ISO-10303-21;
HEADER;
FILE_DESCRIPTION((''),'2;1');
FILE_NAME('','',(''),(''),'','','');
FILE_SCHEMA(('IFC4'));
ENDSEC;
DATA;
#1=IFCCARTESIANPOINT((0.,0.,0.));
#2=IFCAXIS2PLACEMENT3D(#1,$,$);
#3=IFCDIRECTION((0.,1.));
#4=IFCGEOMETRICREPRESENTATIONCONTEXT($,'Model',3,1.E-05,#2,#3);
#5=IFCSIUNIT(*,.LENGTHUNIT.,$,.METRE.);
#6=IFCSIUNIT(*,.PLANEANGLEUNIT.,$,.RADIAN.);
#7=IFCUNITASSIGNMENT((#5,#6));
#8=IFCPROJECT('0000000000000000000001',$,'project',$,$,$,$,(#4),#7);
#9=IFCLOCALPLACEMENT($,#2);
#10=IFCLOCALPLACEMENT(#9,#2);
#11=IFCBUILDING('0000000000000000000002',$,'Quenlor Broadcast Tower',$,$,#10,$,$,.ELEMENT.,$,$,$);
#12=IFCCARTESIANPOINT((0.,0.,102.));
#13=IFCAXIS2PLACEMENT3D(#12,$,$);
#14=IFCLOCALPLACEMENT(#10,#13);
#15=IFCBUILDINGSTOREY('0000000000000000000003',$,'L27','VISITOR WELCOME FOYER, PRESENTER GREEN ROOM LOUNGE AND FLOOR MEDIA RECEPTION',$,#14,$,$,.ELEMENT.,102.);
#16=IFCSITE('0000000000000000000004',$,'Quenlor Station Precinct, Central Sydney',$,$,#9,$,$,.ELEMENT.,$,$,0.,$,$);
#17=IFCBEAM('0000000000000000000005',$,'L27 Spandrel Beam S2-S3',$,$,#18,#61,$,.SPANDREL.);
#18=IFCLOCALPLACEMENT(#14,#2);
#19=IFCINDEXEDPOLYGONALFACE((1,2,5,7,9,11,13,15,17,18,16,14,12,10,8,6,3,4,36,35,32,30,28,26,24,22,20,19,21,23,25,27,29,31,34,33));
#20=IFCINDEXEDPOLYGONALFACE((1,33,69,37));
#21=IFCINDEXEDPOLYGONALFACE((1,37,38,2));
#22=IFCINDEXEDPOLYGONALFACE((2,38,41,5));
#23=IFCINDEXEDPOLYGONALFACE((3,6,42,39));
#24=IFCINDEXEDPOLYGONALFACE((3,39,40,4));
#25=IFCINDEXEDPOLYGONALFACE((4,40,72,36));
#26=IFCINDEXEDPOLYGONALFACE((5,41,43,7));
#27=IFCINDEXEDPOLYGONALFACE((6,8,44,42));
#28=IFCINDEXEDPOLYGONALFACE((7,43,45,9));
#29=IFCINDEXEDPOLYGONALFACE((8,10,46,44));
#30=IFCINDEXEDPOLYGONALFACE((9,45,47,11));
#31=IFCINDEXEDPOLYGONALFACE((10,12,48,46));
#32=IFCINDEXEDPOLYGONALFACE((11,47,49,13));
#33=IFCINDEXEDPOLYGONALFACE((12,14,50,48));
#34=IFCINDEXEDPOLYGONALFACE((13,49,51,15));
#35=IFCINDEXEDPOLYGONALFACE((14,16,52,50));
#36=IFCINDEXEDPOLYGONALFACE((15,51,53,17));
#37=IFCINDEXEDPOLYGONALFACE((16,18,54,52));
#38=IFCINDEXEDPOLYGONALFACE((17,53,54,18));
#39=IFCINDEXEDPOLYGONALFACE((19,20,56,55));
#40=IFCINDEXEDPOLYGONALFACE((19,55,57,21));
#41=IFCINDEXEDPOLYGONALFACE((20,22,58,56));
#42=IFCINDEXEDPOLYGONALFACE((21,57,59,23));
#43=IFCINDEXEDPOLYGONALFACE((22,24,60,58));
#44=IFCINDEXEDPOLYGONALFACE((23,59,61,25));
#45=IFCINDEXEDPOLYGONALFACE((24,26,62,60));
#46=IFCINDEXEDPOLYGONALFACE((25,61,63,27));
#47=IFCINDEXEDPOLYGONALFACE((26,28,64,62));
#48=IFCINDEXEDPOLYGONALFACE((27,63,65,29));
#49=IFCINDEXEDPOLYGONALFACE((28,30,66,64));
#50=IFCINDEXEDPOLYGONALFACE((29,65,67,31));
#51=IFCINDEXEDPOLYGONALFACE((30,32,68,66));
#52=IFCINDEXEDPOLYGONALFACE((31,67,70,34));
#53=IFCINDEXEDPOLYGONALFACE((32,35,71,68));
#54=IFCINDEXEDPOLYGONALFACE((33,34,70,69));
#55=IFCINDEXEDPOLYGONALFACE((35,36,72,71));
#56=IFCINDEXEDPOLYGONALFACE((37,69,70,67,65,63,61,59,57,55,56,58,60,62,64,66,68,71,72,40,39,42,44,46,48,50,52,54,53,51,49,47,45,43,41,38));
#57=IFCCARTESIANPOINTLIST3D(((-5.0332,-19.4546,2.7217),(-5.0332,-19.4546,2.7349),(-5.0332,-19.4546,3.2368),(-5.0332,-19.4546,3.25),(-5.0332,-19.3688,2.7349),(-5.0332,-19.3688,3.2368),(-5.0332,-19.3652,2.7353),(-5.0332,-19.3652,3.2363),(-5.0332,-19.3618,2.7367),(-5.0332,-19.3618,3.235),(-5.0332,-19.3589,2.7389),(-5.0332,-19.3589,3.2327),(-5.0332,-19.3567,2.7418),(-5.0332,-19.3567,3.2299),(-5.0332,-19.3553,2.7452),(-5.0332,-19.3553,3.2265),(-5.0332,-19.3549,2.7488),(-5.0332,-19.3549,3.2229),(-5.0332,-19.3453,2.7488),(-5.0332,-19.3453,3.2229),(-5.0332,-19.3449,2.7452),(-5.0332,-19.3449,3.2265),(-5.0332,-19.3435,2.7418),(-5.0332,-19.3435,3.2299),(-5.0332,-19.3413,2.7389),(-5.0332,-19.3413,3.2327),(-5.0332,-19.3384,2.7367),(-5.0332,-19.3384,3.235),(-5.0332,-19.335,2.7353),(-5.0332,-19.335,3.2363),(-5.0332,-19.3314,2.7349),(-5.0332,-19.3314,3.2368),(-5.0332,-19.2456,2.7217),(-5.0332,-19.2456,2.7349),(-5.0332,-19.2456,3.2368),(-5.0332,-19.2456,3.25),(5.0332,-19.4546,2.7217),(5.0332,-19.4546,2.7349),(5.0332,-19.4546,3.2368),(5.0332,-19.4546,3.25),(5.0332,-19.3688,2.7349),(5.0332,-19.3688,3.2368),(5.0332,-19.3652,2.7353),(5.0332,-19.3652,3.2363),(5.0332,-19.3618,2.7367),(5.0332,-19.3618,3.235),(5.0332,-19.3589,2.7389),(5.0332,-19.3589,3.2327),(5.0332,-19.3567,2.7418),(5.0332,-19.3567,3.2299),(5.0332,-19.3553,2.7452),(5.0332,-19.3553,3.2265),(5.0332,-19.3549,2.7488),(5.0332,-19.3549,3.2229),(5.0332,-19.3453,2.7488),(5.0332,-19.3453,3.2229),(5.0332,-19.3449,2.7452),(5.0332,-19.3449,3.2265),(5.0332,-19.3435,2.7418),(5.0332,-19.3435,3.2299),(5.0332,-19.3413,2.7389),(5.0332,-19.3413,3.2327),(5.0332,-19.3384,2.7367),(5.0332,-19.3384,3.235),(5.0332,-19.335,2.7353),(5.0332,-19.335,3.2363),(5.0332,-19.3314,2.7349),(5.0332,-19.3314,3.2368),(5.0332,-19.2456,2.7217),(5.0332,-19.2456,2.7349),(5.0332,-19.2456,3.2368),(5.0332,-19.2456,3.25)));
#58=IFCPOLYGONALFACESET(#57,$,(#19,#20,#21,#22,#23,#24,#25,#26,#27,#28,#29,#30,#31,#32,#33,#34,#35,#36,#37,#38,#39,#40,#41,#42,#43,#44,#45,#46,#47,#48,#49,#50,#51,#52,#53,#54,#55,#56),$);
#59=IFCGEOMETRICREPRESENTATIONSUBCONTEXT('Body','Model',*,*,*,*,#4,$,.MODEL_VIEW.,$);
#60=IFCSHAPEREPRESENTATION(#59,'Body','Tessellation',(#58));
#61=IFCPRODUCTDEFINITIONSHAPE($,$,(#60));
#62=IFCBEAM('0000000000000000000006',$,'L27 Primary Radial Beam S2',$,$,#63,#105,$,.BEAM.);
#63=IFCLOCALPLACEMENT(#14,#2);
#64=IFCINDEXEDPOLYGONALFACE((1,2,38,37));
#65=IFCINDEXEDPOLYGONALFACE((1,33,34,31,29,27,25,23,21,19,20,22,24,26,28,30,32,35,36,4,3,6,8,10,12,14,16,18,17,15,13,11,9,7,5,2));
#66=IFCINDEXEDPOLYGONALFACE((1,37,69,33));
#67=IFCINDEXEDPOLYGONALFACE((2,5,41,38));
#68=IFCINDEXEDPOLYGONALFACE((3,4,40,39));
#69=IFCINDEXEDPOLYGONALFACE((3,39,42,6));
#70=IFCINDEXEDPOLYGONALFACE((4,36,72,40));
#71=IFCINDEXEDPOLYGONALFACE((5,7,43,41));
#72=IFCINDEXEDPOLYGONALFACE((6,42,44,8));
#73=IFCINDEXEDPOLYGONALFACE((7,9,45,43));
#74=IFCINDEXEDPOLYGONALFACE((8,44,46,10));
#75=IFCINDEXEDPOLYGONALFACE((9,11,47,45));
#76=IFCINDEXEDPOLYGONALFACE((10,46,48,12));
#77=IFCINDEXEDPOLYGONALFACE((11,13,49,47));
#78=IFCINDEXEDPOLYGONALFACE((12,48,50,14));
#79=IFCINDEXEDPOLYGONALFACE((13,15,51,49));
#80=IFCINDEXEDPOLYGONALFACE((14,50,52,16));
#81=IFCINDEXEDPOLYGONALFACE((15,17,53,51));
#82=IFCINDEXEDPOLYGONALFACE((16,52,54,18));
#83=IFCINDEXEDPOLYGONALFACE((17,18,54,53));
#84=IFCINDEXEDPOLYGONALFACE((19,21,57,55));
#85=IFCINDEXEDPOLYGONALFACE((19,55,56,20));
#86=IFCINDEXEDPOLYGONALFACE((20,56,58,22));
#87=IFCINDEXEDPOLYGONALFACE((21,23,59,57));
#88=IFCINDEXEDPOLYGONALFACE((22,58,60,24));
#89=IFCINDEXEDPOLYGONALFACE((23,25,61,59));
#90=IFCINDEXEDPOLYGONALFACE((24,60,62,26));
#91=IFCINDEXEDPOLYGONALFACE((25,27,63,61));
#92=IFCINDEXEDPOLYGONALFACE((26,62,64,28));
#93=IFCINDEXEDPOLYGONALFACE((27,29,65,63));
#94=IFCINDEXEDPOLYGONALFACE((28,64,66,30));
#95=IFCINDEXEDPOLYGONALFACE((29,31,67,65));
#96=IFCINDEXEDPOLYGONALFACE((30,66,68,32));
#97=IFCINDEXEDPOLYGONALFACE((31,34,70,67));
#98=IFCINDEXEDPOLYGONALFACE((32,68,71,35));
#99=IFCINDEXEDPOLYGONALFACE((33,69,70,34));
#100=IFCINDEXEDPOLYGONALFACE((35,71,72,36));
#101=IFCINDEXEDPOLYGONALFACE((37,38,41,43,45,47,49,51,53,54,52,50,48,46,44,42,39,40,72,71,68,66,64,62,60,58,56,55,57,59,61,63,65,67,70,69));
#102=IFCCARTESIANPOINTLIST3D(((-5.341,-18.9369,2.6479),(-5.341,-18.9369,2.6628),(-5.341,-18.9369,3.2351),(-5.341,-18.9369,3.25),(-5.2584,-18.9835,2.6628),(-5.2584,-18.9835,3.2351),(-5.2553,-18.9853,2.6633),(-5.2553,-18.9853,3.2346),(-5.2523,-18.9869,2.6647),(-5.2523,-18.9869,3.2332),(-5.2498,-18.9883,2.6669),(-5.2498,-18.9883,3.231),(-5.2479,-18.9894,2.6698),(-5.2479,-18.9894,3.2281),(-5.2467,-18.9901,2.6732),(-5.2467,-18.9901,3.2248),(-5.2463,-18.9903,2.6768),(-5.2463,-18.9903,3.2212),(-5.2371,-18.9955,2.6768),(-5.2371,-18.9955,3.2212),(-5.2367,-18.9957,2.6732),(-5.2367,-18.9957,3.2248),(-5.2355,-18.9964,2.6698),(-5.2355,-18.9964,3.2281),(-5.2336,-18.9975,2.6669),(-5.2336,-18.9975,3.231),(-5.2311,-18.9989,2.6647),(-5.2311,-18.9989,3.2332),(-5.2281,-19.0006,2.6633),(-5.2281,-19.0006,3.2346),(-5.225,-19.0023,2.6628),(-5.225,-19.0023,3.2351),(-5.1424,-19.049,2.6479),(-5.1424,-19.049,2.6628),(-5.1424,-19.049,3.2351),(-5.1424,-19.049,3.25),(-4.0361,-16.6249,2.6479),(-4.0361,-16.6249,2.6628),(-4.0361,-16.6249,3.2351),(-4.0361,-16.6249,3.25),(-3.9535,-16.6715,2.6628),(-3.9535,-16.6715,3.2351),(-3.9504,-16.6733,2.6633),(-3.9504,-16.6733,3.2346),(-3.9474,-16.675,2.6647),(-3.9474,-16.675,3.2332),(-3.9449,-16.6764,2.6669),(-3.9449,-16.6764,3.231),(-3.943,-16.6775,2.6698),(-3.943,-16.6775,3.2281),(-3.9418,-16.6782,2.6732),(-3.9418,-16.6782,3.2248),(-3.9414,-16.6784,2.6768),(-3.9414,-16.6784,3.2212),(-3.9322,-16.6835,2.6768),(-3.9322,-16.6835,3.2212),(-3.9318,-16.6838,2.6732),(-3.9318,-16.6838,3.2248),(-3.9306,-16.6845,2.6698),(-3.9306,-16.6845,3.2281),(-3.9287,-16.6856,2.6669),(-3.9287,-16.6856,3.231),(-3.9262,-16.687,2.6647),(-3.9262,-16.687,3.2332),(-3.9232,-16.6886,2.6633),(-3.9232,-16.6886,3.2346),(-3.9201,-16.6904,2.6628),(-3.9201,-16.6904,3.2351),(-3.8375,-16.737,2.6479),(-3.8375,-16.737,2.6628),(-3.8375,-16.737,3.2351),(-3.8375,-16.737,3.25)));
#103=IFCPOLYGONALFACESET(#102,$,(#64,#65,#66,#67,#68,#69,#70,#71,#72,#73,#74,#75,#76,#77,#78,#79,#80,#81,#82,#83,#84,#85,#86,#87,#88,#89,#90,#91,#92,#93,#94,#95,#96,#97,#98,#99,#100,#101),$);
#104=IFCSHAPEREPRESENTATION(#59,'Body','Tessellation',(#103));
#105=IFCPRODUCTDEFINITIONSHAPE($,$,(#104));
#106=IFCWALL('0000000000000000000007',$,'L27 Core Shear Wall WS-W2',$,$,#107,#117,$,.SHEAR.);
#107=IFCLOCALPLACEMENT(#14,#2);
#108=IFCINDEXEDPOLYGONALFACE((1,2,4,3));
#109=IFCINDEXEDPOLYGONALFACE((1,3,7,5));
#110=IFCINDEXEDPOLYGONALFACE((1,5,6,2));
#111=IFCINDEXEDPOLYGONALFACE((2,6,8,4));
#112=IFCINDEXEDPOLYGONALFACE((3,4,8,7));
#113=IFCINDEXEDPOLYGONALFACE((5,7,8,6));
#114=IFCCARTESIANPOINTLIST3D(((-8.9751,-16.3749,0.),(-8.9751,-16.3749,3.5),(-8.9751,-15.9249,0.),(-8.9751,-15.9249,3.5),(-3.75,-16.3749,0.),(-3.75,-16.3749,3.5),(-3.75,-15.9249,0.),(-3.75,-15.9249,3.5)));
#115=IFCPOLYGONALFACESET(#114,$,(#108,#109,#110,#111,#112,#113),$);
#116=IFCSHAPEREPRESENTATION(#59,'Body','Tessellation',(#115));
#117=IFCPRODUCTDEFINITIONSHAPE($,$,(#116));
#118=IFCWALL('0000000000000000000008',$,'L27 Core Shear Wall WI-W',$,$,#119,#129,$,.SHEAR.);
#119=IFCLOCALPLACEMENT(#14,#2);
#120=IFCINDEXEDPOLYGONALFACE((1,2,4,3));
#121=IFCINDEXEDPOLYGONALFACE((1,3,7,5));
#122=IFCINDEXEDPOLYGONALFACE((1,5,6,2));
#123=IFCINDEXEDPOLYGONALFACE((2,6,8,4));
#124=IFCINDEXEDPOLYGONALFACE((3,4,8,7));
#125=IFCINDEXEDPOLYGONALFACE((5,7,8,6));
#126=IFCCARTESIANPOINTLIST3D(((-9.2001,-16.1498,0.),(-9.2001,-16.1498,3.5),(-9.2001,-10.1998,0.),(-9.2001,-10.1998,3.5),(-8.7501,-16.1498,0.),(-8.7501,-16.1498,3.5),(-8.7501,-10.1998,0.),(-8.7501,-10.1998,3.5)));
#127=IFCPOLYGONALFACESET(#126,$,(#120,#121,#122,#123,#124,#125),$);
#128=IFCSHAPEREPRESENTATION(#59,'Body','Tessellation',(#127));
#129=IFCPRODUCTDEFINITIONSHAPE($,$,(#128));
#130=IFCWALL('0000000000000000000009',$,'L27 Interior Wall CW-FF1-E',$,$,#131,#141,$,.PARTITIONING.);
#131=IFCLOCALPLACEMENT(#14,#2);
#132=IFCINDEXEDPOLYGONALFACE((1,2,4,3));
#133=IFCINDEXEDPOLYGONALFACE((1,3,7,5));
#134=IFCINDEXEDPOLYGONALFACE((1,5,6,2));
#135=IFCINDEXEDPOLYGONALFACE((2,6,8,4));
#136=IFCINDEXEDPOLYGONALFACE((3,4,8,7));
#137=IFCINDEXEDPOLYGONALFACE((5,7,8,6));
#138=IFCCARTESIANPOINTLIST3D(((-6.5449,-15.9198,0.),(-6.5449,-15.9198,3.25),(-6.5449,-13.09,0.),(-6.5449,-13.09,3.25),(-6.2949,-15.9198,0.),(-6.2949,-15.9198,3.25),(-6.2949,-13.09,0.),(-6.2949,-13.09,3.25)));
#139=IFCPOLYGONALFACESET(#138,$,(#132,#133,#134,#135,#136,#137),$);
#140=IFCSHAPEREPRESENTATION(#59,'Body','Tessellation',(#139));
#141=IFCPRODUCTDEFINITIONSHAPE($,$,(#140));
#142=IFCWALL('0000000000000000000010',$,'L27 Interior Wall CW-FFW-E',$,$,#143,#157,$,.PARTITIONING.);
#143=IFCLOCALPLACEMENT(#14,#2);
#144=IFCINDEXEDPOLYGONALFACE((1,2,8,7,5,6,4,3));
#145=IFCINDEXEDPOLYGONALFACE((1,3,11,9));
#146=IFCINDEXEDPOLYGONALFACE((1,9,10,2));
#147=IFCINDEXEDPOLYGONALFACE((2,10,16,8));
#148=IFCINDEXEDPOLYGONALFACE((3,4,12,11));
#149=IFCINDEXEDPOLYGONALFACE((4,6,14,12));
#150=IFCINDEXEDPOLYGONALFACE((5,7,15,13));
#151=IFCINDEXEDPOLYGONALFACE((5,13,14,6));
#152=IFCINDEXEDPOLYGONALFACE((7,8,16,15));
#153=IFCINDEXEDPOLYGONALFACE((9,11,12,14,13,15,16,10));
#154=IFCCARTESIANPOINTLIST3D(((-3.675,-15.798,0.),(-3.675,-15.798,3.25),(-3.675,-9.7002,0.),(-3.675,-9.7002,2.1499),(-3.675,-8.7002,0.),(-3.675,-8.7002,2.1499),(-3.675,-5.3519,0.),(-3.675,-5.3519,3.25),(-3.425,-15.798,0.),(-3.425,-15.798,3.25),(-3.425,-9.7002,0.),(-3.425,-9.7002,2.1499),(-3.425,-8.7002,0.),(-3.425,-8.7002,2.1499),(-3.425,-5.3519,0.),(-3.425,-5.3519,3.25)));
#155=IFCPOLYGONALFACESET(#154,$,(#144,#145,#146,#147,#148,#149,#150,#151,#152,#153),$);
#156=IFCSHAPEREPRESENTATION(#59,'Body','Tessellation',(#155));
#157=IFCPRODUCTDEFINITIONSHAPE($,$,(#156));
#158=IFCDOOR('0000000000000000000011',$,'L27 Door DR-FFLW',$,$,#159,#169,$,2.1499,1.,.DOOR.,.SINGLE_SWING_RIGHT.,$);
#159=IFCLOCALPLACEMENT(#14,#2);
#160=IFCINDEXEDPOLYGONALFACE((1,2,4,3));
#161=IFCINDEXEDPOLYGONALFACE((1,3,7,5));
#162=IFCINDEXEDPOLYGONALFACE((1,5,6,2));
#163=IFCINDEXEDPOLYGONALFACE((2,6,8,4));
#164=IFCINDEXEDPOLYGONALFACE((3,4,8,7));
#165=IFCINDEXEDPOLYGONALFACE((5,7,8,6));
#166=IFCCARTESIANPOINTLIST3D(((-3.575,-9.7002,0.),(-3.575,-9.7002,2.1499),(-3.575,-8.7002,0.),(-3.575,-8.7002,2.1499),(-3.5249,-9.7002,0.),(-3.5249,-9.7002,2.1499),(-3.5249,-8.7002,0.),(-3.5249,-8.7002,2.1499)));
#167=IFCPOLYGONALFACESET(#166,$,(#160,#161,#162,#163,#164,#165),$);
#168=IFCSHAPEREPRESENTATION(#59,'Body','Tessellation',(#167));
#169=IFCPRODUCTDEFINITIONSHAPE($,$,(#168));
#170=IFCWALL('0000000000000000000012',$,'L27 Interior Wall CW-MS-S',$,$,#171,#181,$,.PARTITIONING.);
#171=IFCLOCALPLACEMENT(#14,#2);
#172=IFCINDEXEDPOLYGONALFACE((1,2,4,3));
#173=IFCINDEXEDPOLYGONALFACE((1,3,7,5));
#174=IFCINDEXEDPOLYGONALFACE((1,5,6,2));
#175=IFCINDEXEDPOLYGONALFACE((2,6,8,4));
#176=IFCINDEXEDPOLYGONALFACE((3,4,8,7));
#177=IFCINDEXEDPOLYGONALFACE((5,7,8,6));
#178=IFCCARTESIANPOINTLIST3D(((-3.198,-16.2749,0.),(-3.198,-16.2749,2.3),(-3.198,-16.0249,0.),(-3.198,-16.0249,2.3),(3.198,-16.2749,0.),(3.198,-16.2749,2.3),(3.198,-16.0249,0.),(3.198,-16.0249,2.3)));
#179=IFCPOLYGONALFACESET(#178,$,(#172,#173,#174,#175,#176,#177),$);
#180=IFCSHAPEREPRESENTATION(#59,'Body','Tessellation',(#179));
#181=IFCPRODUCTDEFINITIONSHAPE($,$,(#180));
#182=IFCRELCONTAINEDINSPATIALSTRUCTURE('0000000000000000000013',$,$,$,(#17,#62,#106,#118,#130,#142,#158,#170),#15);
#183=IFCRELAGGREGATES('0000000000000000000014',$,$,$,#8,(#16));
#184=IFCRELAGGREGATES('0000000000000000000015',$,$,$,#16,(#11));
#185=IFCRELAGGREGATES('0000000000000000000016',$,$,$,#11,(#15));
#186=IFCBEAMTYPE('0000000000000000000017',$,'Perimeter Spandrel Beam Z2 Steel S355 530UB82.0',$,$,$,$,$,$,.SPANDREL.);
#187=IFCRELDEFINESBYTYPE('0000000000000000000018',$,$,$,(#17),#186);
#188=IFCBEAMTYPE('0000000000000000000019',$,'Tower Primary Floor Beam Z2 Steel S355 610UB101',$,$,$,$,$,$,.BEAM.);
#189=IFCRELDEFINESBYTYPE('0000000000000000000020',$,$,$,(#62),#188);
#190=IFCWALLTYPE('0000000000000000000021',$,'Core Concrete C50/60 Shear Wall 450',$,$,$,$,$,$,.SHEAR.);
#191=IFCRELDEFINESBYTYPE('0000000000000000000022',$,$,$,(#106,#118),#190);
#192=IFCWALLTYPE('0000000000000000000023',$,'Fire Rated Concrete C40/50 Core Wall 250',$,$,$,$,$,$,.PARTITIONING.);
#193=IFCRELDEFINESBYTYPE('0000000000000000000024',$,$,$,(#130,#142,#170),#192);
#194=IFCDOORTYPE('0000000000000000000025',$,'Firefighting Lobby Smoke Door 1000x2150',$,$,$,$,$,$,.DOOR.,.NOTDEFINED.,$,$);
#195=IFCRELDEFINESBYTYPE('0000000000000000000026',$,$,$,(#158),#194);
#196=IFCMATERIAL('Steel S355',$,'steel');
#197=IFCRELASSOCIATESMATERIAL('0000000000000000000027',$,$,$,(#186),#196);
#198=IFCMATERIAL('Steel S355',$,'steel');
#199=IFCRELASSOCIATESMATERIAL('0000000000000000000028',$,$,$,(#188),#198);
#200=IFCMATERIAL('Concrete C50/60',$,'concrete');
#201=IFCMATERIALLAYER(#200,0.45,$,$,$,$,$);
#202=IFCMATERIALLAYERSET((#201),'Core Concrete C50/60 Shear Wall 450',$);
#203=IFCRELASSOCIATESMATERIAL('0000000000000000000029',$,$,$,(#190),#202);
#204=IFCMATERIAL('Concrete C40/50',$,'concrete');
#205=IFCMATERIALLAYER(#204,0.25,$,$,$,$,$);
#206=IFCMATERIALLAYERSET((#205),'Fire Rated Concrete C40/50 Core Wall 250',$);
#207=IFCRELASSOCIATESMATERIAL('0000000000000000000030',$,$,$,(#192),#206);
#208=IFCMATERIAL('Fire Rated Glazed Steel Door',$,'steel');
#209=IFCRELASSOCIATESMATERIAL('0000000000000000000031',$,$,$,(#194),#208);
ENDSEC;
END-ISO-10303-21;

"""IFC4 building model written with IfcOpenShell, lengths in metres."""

from ifc_helpers import new_model, si_unit, direction, frame, frame_2d, origin, origin_2d, place, context, subcontext, project, spatial, rectangle, i_section, extrude, material, layer, layer_set, material_profile, profile_set, type_object, element, fill, save


model = new_model("IFC4")

# Units and contexts
model_context = context("Model", 3, precision=1e-05, world=origin(), true_north=direction((0.0, 1.0)))
body_context = subcontext(model_context, "Body", "Model", "MODEL_VIEW")
ifc_project = project(units=[si_unit("LENGTHUNIT", "METRE"), si_unit("PLANEANGLEUNIT", "RADIAN")], contexts=[model_context])

# Site, building, storey
site_placement = place(None, origin())
site = spatial("IfcSite", under=ifc_project, at=site_placement, Name="Quenlor Station Precinct, Central Sydney", CompositionType="ELEMENT", RefElevation=0.0)
building_placement = place(site_placement, origin())
building = spatial("IfcBuilding", under=site, at=building_placement, Name="Quenlor Broadcast Tower", CompositionType="ELEMENT")
storey_placement = place(building_placement, frame((0.0, 0.0, 102.0)))
storey = spatial("IfcBuildingStorey", under=building, at=storey_placement, Name="L27", Description="VISITOR WELCOME FOYER, PRESENTER GREEN ROOM LOUNGE AND FLOOR MEDIA RECEPTION", CompositionType="ELEMENT", Elevation=102.0)

# Beams
ifc_material_1 = material(Name="Steel S355", Category="steel")
ifc_material_profile_1 = material_profile(ifc_material_1, i_section(OverallWidth=0.209, OverallDepth=0.5283, WebThickness=0.0095, FlangeThickness=0.0132, FilletRadius=0.0139, at=origin_2d()))
ifc_profile_set_1 = profile_set([ifc_material_profile_1], Name="Steel S355 530UB82.0")
beam_type_1 = type_object("IfcBeamType", Name="Perimeter Spandrel Beam Z2 Steel S355 530UB82.0", PredefinedType="SPANDREL", material=ifc_profile_set_1)
beam_1_placement = place(storey_placement, frame((-5.0332, -19.3501, 2.9858), z_axis=(1.0, 0.0, 0.0), x_axis=(0.0, 1.0, 0.0)))
element("IfcBeam", 1, at=beam_1_placement, inside=storey, type_object=beam_type_1, Name="L27 Spandrel Beam S2-S3", PredefinedType="SPANDREL", context=body_context, shape_type="SweptSolid", body=[
    extrude(i_section(OverallWidth=0.209, OverallDepth=0.5283, WebThickness=0.0095, FlangeThickness=0.0132, FilletRadius=0.0139, at=origin_2d()), origin(), (0.0, 0.0, 1.0), 10.0664),
])
ifc_material_2 = material(Name="Steel S355", Category="steel")
ifc_material_profile_2 = material_profile(ifc_material_2, i_section(OverallWidth=0.228, OverallDepth=0.6021, WebThickness=0.0105, FlangeThickness=0.0149, FilletRadius=0.0139, at=origin_2d()))
ifc_profile_set_2 = profile_set([ifc_material_profile_2], Name="Steel S355 610UB101")
beam_type_2 = type_object("IfcBeamType", Name="Tower Primary Floor Beam Z2 Steel S355 610UB101", PredefinedType="BEAM", material=ifc_profile_set_2)
beam_2_placement = place(storey_placement, frame((-5.2417, -18.9929, 2.949), z_axis=(0.491527, 0.870862, 0.0), x_axis=(-0.870862, 0.491527, 0.0)))
element("IfcBeam", 2, at=beam_2_placement, inside=storey, type_object=beam_type_2, Name="L27 Primary Radial Beam S2", PredefinedType="BEAM", context=body_context, shape_type="SweptSolid", body=[
    extrude(i_section(OverallWidth=0.228, OverallDepth=0.6021, WebThickness=0.0105, FlangeThickness=0.0149, FilletRadius=0.0139, at=origin_2d()), origin(), (0.0, 0.0, 1.0), 2.6548),
])

# Walls
ifc_material_3 = material(Name="Concrete C50/60", Category="concrete")
ifc_layer_1 = layer(ifc_material_3, 0.45)
ifc_layer_set_1 = layer_set([ifc_layer_1], Name="Core Concrete C50/60 Shear Wall 450")
wall_type_1 = type_object("IfcWallType", Name="Core Concrete C50/60 Shear Wall 450", PredefinedType="SHEAR", material=ifc_layer_set_1)
wall_1_placement = place(storey_placement, frame((-8.9751, -16.1499, 0.0), z_axis=(0.0, 0.0, 1.0), x_axis=(1.0, 0.0, 0.0)))
element("IfcWall", 3, at=wall_1_placement, inside=storey, type_object=wall_type_1, Name="L27 Core Shear Wall WS-W2", PredefinedType="SHEAR", context=body_context, shape_type="SweptSolid", body=[
    extrude(rectangle(XDim=5.2251, YDim=0.45, at=frame_2d((2.6125, 0.0))), origin(), (0.0, 0.0, 1.0), 3.5),
])
wall_2_placement = place(storey_placement, frame((-8.9751, -16.1499, 0.0), z_axis=(0.0, 0.0, 1.0), x_axis=(0.0, 1.0, 0.0)))
element("IfcWall", 4, at=wall_2_placement, inside=storey, type_object=wall_type_1, Name="L27 Core Shear Wall WI-W", PredefinedType="SHEAR", context=body_context, shape_type="SweptSolid", body=[
    extrude(rectangle(XDim=5.95, YDim=0.45, at=frame_2d((2.9751, 0.0))), origin(), (0.0, 0.0, 1.0), 3.5),
])

# Shared definitions
ifc_material_4 = material(Name="Concrete C40/50", Category="concrete")
ifc_layer_2 = layer(ifc_material_4, 0.25)
ifc_layer_set_2 = layer_set([ifc_layer_2], Name="Fire Rated Concrete C40/50 Core Wall 250")
wall_type_2 = type_object("IfcWallType", Name="Fire Rated Concrete C40/50 Core Wall 250", PredefinedType="PARTITIONING", material=ifc_layer_set_2)

# Wall
wall_3_placement = place(storey_placement, frame((-6.4199, -15.9199, 0.0), z_axis=(0.0, 0.0, 1.0), x_axis=(0.0, 1.0, 0.0)))
element("IfcWall", 5, at=wall_3_placement, inside=storey, type_object=wall_type_2, Name="L27 Interior Wall CW-FF1-E", PredefinedType="PARTITIONING", context=body_context, shape_type="SweptSolid", body=[
    extrude(rectangle(XDim=2.8298, YDim=0.25, at=frame_2d((1.415, 0.0))), origin(), (0.0, 0.0, 1.0), 3.25),
])

# Wall, opening, door
wall_4_placement = place(storey_placement, frame((-3.55, -15.7981, 0.0), z_axis=(0.0, 0.0, 1.0), x_axis=(0.0, 1.0, 0.0)))
wall_4 = element("IfcWall", 6, at=wall_4_placement, inside=storey, type_object=wall_type_2, Name="L27 Interior Wall CW-FFW-E", PredefinedType="PARTITIONING", context=body_context, shape_type="SweptSolid", body=[
    extrude(rectangle(XDim=10.446, YDim=0.25, at=frame_2d((5.2231, 0.0))), origin(), (0.0, 0.0, 1.0), 3.25),
])
opening_1_placement = place(wall_4_placement, frame((6.0979, 0.0, 0.0)))
opening_1 = element("IfcOpeningElement", 7, at=opening_1_placement, cuts=wall_4, PredefinedType="OPENING", context=body_context, shape_type="SweptSolid", body=[
    extrude(rectangle(XDim=1.0, YDim=2.1499, at=frame_2d((0.5, 1.075))), frame((0.0, 0.135, 0.0), z_axis=(0.0, -1.0, 0.0), x_axis=(1.0, 0.0, 0.0)), (0.0, 0.0, 1.0), 0.27),
])
ifc_material_5 = material(Name="Fire Rated Glazed Steel Door", Category="steel")
door_type_1 = type_object("IfcDoorType", Name="Firefighting Lobby Smoke Door 1000x2150", OperationType="NOTDEFINED", PredefinedType="DOOR", material=ifc_material_5)
door_1_placement = place(opening_1_placement, origin())
door_1 = element("IfcDoor", 8, at=door_1_placement, inside=storey, type_object=door_type_1, Name="L27 Door DR-FFLW", OperationType="SINGLE_SWING_RIGHT", OverallHeight=2.1499, OverallWidth=1.0, PredefinedType="DOOR", context=body_context, shape_type="SweptSolid", body=[
    extrude(rectangle(XDim=1.0, YDim=2.1499, at=frame_2d((0.5, 1.075))), frame((0.0, 0.0249, 0.0), z_axis=(0.0, -1.0, 0.0), x_axis=(1.0, 0.0, 0.0)), (0.0, 0.0, 1.0), 0.05),
])
fill(opening_1, door_1)

# Wall
wall_5_placement = place(storey_placement, frame((-3.198, -16.1499, 0.0), z_axis=(0.0, 0.0, 1.0), x_axis=(1.0, 0.0, 0.0)))
element("IfcWall", 9, at=wall_5_placement, inside=storey, type_object=wall_type_2, Name="L27 Interior Wall CW-MS-S", PredefinedType="PARTITIONING", context=body_context, shape_type="SweptSolid", body=[
    extrude(rectangle(XDim=6.396, YDim=0.25, at=frame_2d((3.198, 0.0))), origin(), (0.0, 0.0, 1.0), 2.3),
])

save(model, "model.ifc")
